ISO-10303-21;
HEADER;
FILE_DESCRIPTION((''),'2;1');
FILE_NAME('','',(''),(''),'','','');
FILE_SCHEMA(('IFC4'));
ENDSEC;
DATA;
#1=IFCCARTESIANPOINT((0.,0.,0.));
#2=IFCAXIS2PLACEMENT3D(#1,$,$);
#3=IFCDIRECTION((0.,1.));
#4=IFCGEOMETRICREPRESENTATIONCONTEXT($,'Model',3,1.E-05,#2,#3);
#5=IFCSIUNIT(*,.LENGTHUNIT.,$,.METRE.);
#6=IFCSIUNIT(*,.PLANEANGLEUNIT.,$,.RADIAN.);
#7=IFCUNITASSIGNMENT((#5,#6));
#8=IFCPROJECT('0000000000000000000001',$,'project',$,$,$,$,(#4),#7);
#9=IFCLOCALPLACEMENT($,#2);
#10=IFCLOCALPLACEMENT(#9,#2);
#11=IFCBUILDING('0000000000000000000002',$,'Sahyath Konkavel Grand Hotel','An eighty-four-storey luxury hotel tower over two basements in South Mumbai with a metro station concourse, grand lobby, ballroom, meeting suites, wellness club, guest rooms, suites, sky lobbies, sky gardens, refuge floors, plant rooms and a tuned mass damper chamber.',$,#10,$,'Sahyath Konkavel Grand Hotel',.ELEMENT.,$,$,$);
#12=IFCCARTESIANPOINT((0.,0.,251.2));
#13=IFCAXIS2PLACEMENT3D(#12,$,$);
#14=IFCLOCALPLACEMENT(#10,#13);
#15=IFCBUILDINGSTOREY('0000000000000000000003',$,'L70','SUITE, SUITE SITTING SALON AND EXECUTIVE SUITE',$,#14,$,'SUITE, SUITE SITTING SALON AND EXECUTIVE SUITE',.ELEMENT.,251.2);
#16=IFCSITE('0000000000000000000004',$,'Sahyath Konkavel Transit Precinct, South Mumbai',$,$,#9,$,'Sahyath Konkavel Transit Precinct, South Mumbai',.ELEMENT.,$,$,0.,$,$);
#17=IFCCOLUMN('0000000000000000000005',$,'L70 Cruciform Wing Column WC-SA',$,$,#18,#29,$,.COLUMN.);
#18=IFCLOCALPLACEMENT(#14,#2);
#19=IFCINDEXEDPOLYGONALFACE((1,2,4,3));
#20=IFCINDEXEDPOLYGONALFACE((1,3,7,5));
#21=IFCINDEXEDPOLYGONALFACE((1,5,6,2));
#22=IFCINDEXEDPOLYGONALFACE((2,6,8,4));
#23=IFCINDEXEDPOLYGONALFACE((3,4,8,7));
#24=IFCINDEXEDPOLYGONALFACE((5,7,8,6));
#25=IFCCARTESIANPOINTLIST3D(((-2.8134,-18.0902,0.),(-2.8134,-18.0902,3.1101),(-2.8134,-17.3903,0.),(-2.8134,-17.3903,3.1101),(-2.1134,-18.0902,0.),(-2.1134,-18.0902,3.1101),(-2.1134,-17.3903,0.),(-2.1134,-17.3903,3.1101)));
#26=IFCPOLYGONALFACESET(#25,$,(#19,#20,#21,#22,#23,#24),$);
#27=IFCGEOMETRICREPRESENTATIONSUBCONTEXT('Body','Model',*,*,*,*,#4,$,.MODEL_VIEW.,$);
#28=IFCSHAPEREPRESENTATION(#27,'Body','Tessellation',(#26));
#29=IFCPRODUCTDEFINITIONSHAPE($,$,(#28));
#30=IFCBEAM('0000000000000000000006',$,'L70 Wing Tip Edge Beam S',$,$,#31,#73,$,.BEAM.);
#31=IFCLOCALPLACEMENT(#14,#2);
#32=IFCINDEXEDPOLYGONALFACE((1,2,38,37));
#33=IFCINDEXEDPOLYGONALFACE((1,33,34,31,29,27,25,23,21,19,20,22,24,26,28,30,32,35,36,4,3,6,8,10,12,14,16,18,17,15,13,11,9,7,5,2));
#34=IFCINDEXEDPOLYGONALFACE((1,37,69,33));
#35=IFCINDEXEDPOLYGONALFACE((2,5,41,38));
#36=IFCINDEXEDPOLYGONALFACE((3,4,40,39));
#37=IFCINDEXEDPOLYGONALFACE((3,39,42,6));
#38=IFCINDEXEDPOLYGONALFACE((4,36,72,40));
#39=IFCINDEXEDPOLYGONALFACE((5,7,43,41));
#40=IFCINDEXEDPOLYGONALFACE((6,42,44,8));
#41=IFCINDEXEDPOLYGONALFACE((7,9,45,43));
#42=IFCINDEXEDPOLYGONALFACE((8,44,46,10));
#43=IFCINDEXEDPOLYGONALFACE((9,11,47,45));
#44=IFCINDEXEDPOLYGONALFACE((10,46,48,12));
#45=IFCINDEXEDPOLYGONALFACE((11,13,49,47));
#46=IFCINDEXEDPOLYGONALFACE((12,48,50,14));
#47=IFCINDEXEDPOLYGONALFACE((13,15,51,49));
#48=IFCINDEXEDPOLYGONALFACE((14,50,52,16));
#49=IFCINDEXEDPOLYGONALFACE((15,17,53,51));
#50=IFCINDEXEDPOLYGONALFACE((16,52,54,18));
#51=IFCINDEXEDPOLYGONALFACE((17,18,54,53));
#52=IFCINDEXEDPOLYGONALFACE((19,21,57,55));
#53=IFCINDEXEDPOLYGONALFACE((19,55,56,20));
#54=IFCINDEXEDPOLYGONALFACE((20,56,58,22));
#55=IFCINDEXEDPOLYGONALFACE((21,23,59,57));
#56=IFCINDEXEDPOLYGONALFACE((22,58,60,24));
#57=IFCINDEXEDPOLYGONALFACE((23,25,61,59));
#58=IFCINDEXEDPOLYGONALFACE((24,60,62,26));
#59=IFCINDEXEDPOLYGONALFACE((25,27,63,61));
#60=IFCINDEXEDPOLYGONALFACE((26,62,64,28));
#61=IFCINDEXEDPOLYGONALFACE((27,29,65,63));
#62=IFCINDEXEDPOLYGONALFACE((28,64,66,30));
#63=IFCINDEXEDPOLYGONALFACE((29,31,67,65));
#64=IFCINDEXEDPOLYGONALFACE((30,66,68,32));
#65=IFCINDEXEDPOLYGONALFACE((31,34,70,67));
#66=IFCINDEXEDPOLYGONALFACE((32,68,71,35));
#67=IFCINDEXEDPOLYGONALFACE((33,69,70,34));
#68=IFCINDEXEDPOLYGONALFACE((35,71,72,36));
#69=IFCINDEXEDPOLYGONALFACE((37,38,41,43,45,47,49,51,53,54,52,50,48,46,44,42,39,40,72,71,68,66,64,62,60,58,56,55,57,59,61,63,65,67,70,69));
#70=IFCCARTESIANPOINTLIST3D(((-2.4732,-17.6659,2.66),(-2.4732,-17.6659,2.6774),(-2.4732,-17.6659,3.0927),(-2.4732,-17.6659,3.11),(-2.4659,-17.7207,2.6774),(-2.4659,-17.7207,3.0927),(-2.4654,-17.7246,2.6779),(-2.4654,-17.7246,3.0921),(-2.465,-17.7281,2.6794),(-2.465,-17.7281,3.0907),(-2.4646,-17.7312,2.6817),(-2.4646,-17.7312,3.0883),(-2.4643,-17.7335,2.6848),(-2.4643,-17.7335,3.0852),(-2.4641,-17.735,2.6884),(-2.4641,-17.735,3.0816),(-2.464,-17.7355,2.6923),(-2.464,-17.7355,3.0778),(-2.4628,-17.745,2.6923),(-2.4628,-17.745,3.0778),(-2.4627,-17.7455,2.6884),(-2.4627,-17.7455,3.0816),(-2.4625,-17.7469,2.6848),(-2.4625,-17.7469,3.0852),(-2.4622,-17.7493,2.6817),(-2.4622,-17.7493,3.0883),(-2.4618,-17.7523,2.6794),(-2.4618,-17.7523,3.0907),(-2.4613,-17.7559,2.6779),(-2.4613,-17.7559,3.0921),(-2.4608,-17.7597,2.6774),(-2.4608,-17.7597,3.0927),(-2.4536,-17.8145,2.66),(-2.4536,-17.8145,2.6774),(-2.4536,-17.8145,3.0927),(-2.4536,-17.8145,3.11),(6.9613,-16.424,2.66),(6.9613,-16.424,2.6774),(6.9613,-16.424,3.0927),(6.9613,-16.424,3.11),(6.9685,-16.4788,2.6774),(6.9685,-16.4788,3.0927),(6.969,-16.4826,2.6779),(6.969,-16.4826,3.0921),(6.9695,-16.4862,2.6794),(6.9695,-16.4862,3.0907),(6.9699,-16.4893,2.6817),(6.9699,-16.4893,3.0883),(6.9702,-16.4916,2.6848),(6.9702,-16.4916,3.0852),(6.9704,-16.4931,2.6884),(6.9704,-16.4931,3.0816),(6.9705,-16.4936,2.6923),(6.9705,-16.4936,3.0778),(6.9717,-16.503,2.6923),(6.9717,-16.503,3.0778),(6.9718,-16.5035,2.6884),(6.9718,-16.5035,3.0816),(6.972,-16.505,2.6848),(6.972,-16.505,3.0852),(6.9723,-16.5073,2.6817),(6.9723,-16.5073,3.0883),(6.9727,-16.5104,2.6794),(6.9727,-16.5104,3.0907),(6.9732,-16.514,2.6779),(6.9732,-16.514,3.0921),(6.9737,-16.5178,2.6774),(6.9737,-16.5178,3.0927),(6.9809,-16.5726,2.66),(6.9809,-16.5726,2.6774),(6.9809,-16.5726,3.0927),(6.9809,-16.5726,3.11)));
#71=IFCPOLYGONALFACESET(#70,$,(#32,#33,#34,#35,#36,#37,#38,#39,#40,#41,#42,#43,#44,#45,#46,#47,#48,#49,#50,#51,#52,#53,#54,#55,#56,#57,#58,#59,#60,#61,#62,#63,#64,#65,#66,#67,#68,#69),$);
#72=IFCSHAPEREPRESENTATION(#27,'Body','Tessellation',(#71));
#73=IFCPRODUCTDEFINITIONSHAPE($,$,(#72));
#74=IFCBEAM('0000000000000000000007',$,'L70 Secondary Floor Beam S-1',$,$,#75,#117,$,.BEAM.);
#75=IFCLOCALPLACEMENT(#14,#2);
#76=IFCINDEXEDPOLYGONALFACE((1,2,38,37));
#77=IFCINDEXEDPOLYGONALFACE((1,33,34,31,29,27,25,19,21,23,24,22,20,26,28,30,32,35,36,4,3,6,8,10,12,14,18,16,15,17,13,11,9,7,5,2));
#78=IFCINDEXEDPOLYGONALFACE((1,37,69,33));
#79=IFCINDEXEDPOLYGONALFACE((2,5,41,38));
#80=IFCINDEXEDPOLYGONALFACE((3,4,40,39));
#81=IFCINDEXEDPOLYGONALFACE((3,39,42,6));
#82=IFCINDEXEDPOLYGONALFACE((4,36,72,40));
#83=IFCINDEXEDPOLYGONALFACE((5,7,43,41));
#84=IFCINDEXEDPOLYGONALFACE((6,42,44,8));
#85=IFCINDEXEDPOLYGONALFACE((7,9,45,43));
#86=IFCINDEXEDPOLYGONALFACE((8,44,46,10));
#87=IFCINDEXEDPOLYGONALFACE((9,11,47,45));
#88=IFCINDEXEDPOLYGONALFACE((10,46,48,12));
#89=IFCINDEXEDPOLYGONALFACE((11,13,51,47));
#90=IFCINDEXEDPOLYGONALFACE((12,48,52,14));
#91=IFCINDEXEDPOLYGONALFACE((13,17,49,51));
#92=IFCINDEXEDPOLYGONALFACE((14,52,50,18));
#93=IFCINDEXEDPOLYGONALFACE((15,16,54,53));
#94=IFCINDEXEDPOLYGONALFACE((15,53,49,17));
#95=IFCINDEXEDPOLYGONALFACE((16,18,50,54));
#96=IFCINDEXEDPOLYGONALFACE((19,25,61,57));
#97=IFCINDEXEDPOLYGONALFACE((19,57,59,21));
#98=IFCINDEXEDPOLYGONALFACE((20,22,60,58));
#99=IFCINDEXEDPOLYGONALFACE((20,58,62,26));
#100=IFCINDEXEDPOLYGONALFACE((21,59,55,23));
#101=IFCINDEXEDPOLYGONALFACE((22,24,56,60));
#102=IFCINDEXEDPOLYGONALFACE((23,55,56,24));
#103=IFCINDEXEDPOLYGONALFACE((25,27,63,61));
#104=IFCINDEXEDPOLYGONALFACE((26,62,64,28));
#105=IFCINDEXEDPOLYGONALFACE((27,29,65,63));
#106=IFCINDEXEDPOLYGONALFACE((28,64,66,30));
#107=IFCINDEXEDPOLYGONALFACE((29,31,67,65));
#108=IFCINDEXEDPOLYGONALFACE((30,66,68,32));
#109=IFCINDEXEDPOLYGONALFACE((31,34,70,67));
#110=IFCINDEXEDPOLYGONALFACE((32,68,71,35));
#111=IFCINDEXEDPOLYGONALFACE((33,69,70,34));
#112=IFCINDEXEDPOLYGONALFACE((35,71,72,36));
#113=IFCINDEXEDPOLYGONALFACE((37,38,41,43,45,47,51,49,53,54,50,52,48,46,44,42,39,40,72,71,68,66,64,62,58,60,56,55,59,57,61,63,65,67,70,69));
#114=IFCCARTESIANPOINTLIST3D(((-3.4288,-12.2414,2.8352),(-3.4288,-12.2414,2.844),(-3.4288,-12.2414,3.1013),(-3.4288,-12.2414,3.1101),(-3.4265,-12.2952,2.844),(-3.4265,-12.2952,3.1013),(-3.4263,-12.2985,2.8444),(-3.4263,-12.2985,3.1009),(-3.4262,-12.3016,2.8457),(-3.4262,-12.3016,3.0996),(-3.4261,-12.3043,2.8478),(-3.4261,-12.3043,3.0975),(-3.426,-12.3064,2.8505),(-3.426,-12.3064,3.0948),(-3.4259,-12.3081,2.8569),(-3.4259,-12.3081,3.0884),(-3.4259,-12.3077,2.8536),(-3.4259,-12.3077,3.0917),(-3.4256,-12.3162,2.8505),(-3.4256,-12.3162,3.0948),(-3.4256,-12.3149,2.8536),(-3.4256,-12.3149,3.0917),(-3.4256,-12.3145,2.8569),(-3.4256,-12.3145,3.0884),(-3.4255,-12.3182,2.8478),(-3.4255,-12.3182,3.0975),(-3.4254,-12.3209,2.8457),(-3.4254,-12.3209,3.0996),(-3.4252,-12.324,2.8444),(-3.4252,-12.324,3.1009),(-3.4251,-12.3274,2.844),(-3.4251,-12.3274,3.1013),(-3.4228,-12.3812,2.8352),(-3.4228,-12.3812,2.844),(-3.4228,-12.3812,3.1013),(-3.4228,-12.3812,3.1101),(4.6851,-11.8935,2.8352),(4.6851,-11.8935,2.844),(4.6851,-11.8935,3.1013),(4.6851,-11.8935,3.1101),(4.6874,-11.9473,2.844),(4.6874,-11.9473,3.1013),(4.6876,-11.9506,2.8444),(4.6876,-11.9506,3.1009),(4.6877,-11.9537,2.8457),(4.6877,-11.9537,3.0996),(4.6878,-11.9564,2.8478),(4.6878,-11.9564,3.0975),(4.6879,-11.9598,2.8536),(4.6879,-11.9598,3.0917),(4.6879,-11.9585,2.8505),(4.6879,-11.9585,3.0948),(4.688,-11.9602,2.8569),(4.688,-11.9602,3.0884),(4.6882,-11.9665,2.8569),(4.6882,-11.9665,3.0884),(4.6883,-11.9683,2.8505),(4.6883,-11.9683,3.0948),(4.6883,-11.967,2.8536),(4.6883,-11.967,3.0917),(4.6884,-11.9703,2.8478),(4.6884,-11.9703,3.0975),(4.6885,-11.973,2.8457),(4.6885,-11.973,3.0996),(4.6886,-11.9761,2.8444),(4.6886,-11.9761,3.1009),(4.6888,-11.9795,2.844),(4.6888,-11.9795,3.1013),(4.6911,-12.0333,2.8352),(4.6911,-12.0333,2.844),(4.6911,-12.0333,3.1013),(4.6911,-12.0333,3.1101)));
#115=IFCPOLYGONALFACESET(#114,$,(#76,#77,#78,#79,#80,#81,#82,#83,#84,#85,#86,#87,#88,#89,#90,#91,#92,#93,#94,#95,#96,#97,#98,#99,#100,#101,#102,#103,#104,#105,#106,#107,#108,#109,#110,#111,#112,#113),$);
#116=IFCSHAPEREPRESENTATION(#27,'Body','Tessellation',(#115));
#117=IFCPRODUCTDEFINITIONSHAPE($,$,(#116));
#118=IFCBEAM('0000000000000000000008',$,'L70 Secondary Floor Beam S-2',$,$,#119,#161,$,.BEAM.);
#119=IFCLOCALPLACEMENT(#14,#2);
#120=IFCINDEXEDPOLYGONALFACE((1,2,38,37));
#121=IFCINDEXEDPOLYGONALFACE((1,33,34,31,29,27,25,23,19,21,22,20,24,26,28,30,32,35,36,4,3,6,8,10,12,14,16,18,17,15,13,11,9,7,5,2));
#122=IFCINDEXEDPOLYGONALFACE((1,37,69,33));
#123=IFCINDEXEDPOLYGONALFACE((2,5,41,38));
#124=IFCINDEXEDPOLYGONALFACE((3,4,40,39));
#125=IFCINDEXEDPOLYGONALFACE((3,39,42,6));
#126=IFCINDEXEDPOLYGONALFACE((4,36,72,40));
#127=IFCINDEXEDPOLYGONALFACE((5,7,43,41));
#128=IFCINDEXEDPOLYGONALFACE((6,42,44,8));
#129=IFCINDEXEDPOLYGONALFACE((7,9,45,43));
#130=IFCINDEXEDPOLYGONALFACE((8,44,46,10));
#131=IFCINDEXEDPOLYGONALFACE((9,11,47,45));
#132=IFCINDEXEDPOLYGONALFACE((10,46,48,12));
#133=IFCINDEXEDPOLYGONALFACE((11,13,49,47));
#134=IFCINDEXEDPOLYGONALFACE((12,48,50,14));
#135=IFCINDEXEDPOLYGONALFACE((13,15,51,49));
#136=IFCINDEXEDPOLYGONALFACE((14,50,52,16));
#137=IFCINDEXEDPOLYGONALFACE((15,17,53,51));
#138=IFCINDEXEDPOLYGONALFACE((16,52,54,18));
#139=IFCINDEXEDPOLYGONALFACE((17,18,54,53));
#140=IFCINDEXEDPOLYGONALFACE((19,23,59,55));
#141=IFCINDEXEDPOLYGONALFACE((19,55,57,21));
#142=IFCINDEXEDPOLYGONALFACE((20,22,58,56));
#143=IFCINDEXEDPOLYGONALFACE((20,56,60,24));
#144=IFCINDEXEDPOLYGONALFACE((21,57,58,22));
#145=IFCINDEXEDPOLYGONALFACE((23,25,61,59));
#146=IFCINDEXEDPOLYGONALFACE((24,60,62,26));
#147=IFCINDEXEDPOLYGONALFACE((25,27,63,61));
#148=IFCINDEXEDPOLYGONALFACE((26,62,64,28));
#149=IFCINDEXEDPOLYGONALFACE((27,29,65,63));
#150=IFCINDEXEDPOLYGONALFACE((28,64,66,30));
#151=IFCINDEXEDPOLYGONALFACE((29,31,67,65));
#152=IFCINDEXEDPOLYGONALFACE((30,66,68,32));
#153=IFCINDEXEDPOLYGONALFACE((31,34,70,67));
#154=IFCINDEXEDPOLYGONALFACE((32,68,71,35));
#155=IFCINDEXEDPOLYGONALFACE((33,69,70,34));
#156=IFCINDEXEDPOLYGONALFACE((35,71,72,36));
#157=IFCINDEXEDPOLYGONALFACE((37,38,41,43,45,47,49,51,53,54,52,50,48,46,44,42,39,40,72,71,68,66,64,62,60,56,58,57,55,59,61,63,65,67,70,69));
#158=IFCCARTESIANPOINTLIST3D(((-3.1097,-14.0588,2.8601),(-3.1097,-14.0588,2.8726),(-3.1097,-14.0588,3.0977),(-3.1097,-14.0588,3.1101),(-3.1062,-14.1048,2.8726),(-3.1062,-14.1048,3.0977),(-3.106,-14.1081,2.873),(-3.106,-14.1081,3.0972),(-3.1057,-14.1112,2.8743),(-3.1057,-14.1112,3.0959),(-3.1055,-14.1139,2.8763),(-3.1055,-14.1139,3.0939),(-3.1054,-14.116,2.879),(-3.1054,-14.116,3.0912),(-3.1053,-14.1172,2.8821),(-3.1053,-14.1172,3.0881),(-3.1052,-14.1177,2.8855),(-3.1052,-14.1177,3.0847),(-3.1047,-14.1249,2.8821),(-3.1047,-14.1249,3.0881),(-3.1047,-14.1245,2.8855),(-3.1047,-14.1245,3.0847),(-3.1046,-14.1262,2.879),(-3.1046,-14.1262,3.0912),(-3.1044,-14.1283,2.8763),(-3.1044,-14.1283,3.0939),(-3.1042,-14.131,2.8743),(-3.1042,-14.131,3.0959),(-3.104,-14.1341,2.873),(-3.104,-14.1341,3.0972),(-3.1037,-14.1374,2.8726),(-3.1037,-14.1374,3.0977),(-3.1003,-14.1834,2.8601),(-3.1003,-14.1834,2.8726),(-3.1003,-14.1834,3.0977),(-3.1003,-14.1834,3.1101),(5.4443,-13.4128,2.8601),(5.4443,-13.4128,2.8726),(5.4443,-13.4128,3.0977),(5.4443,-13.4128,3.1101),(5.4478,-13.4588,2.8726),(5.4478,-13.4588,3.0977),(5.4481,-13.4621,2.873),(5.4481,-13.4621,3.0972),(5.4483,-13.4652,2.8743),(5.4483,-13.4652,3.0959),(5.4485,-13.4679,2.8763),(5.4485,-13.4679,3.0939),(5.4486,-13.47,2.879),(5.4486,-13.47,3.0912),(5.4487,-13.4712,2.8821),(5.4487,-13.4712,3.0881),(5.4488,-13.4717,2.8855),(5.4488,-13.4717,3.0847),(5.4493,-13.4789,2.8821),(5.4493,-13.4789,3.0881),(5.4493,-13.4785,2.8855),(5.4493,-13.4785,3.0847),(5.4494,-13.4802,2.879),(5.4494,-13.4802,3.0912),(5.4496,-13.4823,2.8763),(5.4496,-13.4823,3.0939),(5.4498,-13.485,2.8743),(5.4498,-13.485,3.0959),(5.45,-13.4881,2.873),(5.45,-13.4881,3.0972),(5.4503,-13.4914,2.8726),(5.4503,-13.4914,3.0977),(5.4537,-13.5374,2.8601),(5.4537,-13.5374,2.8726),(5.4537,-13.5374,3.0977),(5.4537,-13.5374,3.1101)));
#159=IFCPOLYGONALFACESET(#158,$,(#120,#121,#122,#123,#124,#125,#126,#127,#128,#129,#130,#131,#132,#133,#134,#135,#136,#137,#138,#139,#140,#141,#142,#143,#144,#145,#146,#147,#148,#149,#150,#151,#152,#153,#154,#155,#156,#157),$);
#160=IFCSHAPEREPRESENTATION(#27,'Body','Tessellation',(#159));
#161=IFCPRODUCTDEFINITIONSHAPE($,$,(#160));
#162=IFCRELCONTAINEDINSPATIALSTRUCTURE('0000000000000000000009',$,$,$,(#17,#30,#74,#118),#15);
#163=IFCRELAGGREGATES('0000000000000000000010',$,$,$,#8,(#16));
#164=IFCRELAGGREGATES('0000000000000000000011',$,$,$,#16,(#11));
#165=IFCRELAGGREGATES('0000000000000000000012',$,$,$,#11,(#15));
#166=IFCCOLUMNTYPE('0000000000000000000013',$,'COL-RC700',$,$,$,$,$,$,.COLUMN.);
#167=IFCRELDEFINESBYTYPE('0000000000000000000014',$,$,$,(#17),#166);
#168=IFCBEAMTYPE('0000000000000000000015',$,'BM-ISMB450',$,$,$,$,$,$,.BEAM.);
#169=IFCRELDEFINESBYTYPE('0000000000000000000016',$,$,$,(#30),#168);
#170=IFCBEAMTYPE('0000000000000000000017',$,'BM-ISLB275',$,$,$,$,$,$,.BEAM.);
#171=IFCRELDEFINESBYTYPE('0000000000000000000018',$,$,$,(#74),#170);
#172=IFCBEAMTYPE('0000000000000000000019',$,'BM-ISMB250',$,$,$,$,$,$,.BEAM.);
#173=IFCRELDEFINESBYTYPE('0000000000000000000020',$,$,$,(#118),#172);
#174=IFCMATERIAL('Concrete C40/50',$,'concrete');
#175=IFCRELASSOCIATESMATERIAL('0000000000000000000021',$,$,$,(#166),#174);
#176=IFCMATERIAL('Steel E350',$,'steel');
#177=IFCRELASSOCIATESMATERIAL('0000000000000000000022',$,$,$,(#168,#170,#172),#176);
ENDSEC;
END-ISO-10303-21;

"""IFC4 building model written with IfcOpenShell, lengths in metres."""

from ifc_helpers import new_model, si_unit, direction, frame, origin, origin_2d, place, context, subcontext, project, spatial, rectangle, i_section, extrude, source, transform, mapped, material, material_profile, profile_set, type_object, element, save


model = new_model("IFC4")

# Units and contexts
model_context = context("Model", 3, precision=1e-05, world=origin(), true_north=direction((0.0, 1.0)))
body_context = subcontext(model_context, "Body", "Model", "MODEL_VIEW")
ifc_project = project(units=[si_unit("LENGTHUNIT", "METRE"), si_unit("PLANEANGLEUNIT", "RADIAN")], contexts=[model_context])

# Site, building, storey
site_placement = place(None, origin())
site = spatial("IfcSite", under=ifc_project, at=site_placement, Name="Sahyath Konkavel Transit Precinct, South Mumbai", LongName="Sahyath Konkavel Transit Precinct, South Mumbai", CompositionType="ELEMENT", RefElevation=0.0)
building_placement = place(site_placement, origin())
building = spatial("IfcBuilding", under=site, at=building_placement, Name="Sahyath Konkavel Grand Hotel", Description="An eighty-four-storey luxury hotel tower over two basements in South Mumbai with a metro station concourse, grand lobby, ballroom, meeting suites, wellness club, guest rooms, suites, sky lobbies, sky gardens, refuge floors, plant rooms and a tuned mass damper chamber.", LongName="Sahyath Konkavel Grand Hotel", CompositionType="ELEMENT")
storey_placement = place(building_placement, frame((0.0, 0.0, 251.2)))
storey = spatial("IfcBuildingStorey", under=building, at=storey_placement, Name="L70", Description="SUITE, SUITE SITTING SALON AND EXECUTIVE SUITE", LongName="SUITE, SUITE SITTING SALON AND EXECUTIVE SUITE", CompositionType="ELEMENT", Elevation=251.2)

# Column
ifc_material_1 = material(Name="Concrete C40/50", Category="concrete")
ifc_material_profile_1 = material_profile(ifc_material_1, rectangle(XDim=0.7, YDim=0.7, at=origin_2d()), Name="RC 700x700")
ifc_profile_set_1 = profile_set([ifc_material_profile_1], Name="Concrete C40/50")
column_type = type_object("IfcColumnType", Name="COL-RC700", PredefinedType="COLUMN", material=ifc_profile_set_1)
shared_shape_1 = source(origin(), body_context, "Body", "SweptSolid", [
    extrude(rectangle(XDim=0.7, YDim=0.7, at=origin_2d()), origin(), (0.0, 0.0, 1.0), 3.1101),
])
column_placement = place(storey_placement, frame((-2.4634, -17.7402, 0.0), z_axis=(0.0, 0.0, 1.0), x_axis=(1.0, 0.0, 0.0)))
element("IfcColumn", 1, at=column_placement, inside=storey, type_object=column_type, Name="L70 Cruciform Wing Column WC-SA", PredefinedType="COLUMN", context=body_context, shape_type="MappedRepresentation", body=[
    mapped(shared_shape_1, transform((0.0, 0.0, 0.0), scale=1.0)),
])

# Beams
ifc_material_2 = material(Name="Steel E350", Category="steel")
ifc_material_profile_2 = material_profile(ifc_material_2, i_section(OverallWidth=0.1499, OverallDepth=0.45, WebThickness=0.0095, FlangeThickness=0.0173, FilletRadius=0.0149, at=origin_2d()), Name="ISMB 450")
ifc_profile_set_2 = profile_set([ifc_material_profile_2], Name="Steel E350")
beam_type_1 = type_object("IfcBeamType", Name="BM-ISMB450", PredefinedType="BEAM", material=ifc_profile_set_2)
shared_shape_2 = source(origin(), body_context, "Body", "SweptSolid", [
    extrude(i_section(OverallWidth=0.1499, OverallDepth=0.45, WebThickness=0.0095, FlangeThickness=0.0173, FilletRadius=0.0149, at=origin_2d()), origin(), (0.0, 0.0, 1.0), 9.5159),
])
beam_1_placement = place(storey_placement, frame((-2.4634, -17.7402, 2.885), z_axis=(0.991447, 0.130512, 0.0), x_axis=(-0.130512, 0.991447, 0.0)))
element("IfcBeam", 2, at=beam_1_placement, inside=storey, type_object=beam_type_1, Name="L70 Wing Tip Edge Beam S", PredefinedType="BEAM", context=body_context, shape_type="MappedRepresentation", body=[
    mapped(shared_shape_2, transform((0.0, 0.0, 0.0), scale=1.0)),
])
ifc_material_profile_3 = material_profile(ifc_material_2, i_section(OverallWidth=0.1399, OverallDepth=0.2749, WebThickness=0.0063, FlangeThickness=0.0088, FilletRadius=0.0129, at=origin_2d()), Name="ISLB 275")
ifc_profile_set_3 = profile_set([ifc_material_profile_3], Name="Steel E350")
beam_type_2 = type_object("IfcBeamType", Name="BM-ISLB275", PredefinedType="BEAM", material=ifc_profile_set_3)
shared_shape_3 = source(origin(), body_context, "Body", "SweptSolid", [
    extrude(i_section(OverallWidth=0.1399, OverallDepth=0.2749, WebThickness=0.0063, FlangeThickness=0.0088, FilletRadius=0.0129, at=origin_2d()), origin(), (0.0, 0.0, 1.0), 8.1213),
])
beam_2_placement = place(storey_placement, frame((-3.4258, -12.3113, 2.9727), z_axis=(0.999082, 0.042838, 0.0), x_axis=(-0.042838, 0.999082, 0.0)))
element("IfcBeam", 3, at=beam_2_placement, inside=storey, type_object=beam_type_2, Name="L70 Secondary Floor Beam S-1", PredefinedType="BEAM", context=body_context, shape_type="MappedRepresentation", body=[
    mapped(shared_shape_3, transform((0.0, 0.0, 0.0), scale=1.0)),
])
ifc_material_profile_4 = material_profile(ifc_material_2, i_section(OverallWidth=0.125, OverallDepth=0.25, WebThickness=0.0068, FlangeThickness=0.0125, FilletRadius=0.0129, at=origin_2d()), Name="ISMB 250")
ifc_profile_set_4 = profile_set([ifc_material_profile_4], Name="Steel E350")
beam_type_3 = type_object("IfcBeamType", Name="BM-ISMB250", PredefinedType="BEAM", material=ifc_profile_set_4)
shared_shape_4 = source(origin(), body_context, "Body", "SweptSolid", [
    extrude(i_section(OverallWidth=0.125, OverallDepth=0.25, WebThickness=0.0068, FlangeThickness=0.0125, FilletRadius=0.0129, at=origin_2d()), origin(), (0.0, 0.0, 1.0), 8.5784),
])
beam_3_placement = place(storey_placement, frame((-3.105, -14.1211, 2.9851), z_axis=(0.99716, 0.075306, 0.0), x_axis=(-0.075306, 0.99716, 0.0)))
element("IfcBeam", 4, at=beam_3_placement, inside=storey, type_object=beam_type_3, Name="L70 Secondary Floor Beam S-2", PredefinedType="BEAM", context=body_context, shape_type="MappedRepresentation", body=[
    mapped(shared_shape_4, transform((0.0, 0.0, 0.0), scale=1.0)),
])

save(model, "model.ifc")
